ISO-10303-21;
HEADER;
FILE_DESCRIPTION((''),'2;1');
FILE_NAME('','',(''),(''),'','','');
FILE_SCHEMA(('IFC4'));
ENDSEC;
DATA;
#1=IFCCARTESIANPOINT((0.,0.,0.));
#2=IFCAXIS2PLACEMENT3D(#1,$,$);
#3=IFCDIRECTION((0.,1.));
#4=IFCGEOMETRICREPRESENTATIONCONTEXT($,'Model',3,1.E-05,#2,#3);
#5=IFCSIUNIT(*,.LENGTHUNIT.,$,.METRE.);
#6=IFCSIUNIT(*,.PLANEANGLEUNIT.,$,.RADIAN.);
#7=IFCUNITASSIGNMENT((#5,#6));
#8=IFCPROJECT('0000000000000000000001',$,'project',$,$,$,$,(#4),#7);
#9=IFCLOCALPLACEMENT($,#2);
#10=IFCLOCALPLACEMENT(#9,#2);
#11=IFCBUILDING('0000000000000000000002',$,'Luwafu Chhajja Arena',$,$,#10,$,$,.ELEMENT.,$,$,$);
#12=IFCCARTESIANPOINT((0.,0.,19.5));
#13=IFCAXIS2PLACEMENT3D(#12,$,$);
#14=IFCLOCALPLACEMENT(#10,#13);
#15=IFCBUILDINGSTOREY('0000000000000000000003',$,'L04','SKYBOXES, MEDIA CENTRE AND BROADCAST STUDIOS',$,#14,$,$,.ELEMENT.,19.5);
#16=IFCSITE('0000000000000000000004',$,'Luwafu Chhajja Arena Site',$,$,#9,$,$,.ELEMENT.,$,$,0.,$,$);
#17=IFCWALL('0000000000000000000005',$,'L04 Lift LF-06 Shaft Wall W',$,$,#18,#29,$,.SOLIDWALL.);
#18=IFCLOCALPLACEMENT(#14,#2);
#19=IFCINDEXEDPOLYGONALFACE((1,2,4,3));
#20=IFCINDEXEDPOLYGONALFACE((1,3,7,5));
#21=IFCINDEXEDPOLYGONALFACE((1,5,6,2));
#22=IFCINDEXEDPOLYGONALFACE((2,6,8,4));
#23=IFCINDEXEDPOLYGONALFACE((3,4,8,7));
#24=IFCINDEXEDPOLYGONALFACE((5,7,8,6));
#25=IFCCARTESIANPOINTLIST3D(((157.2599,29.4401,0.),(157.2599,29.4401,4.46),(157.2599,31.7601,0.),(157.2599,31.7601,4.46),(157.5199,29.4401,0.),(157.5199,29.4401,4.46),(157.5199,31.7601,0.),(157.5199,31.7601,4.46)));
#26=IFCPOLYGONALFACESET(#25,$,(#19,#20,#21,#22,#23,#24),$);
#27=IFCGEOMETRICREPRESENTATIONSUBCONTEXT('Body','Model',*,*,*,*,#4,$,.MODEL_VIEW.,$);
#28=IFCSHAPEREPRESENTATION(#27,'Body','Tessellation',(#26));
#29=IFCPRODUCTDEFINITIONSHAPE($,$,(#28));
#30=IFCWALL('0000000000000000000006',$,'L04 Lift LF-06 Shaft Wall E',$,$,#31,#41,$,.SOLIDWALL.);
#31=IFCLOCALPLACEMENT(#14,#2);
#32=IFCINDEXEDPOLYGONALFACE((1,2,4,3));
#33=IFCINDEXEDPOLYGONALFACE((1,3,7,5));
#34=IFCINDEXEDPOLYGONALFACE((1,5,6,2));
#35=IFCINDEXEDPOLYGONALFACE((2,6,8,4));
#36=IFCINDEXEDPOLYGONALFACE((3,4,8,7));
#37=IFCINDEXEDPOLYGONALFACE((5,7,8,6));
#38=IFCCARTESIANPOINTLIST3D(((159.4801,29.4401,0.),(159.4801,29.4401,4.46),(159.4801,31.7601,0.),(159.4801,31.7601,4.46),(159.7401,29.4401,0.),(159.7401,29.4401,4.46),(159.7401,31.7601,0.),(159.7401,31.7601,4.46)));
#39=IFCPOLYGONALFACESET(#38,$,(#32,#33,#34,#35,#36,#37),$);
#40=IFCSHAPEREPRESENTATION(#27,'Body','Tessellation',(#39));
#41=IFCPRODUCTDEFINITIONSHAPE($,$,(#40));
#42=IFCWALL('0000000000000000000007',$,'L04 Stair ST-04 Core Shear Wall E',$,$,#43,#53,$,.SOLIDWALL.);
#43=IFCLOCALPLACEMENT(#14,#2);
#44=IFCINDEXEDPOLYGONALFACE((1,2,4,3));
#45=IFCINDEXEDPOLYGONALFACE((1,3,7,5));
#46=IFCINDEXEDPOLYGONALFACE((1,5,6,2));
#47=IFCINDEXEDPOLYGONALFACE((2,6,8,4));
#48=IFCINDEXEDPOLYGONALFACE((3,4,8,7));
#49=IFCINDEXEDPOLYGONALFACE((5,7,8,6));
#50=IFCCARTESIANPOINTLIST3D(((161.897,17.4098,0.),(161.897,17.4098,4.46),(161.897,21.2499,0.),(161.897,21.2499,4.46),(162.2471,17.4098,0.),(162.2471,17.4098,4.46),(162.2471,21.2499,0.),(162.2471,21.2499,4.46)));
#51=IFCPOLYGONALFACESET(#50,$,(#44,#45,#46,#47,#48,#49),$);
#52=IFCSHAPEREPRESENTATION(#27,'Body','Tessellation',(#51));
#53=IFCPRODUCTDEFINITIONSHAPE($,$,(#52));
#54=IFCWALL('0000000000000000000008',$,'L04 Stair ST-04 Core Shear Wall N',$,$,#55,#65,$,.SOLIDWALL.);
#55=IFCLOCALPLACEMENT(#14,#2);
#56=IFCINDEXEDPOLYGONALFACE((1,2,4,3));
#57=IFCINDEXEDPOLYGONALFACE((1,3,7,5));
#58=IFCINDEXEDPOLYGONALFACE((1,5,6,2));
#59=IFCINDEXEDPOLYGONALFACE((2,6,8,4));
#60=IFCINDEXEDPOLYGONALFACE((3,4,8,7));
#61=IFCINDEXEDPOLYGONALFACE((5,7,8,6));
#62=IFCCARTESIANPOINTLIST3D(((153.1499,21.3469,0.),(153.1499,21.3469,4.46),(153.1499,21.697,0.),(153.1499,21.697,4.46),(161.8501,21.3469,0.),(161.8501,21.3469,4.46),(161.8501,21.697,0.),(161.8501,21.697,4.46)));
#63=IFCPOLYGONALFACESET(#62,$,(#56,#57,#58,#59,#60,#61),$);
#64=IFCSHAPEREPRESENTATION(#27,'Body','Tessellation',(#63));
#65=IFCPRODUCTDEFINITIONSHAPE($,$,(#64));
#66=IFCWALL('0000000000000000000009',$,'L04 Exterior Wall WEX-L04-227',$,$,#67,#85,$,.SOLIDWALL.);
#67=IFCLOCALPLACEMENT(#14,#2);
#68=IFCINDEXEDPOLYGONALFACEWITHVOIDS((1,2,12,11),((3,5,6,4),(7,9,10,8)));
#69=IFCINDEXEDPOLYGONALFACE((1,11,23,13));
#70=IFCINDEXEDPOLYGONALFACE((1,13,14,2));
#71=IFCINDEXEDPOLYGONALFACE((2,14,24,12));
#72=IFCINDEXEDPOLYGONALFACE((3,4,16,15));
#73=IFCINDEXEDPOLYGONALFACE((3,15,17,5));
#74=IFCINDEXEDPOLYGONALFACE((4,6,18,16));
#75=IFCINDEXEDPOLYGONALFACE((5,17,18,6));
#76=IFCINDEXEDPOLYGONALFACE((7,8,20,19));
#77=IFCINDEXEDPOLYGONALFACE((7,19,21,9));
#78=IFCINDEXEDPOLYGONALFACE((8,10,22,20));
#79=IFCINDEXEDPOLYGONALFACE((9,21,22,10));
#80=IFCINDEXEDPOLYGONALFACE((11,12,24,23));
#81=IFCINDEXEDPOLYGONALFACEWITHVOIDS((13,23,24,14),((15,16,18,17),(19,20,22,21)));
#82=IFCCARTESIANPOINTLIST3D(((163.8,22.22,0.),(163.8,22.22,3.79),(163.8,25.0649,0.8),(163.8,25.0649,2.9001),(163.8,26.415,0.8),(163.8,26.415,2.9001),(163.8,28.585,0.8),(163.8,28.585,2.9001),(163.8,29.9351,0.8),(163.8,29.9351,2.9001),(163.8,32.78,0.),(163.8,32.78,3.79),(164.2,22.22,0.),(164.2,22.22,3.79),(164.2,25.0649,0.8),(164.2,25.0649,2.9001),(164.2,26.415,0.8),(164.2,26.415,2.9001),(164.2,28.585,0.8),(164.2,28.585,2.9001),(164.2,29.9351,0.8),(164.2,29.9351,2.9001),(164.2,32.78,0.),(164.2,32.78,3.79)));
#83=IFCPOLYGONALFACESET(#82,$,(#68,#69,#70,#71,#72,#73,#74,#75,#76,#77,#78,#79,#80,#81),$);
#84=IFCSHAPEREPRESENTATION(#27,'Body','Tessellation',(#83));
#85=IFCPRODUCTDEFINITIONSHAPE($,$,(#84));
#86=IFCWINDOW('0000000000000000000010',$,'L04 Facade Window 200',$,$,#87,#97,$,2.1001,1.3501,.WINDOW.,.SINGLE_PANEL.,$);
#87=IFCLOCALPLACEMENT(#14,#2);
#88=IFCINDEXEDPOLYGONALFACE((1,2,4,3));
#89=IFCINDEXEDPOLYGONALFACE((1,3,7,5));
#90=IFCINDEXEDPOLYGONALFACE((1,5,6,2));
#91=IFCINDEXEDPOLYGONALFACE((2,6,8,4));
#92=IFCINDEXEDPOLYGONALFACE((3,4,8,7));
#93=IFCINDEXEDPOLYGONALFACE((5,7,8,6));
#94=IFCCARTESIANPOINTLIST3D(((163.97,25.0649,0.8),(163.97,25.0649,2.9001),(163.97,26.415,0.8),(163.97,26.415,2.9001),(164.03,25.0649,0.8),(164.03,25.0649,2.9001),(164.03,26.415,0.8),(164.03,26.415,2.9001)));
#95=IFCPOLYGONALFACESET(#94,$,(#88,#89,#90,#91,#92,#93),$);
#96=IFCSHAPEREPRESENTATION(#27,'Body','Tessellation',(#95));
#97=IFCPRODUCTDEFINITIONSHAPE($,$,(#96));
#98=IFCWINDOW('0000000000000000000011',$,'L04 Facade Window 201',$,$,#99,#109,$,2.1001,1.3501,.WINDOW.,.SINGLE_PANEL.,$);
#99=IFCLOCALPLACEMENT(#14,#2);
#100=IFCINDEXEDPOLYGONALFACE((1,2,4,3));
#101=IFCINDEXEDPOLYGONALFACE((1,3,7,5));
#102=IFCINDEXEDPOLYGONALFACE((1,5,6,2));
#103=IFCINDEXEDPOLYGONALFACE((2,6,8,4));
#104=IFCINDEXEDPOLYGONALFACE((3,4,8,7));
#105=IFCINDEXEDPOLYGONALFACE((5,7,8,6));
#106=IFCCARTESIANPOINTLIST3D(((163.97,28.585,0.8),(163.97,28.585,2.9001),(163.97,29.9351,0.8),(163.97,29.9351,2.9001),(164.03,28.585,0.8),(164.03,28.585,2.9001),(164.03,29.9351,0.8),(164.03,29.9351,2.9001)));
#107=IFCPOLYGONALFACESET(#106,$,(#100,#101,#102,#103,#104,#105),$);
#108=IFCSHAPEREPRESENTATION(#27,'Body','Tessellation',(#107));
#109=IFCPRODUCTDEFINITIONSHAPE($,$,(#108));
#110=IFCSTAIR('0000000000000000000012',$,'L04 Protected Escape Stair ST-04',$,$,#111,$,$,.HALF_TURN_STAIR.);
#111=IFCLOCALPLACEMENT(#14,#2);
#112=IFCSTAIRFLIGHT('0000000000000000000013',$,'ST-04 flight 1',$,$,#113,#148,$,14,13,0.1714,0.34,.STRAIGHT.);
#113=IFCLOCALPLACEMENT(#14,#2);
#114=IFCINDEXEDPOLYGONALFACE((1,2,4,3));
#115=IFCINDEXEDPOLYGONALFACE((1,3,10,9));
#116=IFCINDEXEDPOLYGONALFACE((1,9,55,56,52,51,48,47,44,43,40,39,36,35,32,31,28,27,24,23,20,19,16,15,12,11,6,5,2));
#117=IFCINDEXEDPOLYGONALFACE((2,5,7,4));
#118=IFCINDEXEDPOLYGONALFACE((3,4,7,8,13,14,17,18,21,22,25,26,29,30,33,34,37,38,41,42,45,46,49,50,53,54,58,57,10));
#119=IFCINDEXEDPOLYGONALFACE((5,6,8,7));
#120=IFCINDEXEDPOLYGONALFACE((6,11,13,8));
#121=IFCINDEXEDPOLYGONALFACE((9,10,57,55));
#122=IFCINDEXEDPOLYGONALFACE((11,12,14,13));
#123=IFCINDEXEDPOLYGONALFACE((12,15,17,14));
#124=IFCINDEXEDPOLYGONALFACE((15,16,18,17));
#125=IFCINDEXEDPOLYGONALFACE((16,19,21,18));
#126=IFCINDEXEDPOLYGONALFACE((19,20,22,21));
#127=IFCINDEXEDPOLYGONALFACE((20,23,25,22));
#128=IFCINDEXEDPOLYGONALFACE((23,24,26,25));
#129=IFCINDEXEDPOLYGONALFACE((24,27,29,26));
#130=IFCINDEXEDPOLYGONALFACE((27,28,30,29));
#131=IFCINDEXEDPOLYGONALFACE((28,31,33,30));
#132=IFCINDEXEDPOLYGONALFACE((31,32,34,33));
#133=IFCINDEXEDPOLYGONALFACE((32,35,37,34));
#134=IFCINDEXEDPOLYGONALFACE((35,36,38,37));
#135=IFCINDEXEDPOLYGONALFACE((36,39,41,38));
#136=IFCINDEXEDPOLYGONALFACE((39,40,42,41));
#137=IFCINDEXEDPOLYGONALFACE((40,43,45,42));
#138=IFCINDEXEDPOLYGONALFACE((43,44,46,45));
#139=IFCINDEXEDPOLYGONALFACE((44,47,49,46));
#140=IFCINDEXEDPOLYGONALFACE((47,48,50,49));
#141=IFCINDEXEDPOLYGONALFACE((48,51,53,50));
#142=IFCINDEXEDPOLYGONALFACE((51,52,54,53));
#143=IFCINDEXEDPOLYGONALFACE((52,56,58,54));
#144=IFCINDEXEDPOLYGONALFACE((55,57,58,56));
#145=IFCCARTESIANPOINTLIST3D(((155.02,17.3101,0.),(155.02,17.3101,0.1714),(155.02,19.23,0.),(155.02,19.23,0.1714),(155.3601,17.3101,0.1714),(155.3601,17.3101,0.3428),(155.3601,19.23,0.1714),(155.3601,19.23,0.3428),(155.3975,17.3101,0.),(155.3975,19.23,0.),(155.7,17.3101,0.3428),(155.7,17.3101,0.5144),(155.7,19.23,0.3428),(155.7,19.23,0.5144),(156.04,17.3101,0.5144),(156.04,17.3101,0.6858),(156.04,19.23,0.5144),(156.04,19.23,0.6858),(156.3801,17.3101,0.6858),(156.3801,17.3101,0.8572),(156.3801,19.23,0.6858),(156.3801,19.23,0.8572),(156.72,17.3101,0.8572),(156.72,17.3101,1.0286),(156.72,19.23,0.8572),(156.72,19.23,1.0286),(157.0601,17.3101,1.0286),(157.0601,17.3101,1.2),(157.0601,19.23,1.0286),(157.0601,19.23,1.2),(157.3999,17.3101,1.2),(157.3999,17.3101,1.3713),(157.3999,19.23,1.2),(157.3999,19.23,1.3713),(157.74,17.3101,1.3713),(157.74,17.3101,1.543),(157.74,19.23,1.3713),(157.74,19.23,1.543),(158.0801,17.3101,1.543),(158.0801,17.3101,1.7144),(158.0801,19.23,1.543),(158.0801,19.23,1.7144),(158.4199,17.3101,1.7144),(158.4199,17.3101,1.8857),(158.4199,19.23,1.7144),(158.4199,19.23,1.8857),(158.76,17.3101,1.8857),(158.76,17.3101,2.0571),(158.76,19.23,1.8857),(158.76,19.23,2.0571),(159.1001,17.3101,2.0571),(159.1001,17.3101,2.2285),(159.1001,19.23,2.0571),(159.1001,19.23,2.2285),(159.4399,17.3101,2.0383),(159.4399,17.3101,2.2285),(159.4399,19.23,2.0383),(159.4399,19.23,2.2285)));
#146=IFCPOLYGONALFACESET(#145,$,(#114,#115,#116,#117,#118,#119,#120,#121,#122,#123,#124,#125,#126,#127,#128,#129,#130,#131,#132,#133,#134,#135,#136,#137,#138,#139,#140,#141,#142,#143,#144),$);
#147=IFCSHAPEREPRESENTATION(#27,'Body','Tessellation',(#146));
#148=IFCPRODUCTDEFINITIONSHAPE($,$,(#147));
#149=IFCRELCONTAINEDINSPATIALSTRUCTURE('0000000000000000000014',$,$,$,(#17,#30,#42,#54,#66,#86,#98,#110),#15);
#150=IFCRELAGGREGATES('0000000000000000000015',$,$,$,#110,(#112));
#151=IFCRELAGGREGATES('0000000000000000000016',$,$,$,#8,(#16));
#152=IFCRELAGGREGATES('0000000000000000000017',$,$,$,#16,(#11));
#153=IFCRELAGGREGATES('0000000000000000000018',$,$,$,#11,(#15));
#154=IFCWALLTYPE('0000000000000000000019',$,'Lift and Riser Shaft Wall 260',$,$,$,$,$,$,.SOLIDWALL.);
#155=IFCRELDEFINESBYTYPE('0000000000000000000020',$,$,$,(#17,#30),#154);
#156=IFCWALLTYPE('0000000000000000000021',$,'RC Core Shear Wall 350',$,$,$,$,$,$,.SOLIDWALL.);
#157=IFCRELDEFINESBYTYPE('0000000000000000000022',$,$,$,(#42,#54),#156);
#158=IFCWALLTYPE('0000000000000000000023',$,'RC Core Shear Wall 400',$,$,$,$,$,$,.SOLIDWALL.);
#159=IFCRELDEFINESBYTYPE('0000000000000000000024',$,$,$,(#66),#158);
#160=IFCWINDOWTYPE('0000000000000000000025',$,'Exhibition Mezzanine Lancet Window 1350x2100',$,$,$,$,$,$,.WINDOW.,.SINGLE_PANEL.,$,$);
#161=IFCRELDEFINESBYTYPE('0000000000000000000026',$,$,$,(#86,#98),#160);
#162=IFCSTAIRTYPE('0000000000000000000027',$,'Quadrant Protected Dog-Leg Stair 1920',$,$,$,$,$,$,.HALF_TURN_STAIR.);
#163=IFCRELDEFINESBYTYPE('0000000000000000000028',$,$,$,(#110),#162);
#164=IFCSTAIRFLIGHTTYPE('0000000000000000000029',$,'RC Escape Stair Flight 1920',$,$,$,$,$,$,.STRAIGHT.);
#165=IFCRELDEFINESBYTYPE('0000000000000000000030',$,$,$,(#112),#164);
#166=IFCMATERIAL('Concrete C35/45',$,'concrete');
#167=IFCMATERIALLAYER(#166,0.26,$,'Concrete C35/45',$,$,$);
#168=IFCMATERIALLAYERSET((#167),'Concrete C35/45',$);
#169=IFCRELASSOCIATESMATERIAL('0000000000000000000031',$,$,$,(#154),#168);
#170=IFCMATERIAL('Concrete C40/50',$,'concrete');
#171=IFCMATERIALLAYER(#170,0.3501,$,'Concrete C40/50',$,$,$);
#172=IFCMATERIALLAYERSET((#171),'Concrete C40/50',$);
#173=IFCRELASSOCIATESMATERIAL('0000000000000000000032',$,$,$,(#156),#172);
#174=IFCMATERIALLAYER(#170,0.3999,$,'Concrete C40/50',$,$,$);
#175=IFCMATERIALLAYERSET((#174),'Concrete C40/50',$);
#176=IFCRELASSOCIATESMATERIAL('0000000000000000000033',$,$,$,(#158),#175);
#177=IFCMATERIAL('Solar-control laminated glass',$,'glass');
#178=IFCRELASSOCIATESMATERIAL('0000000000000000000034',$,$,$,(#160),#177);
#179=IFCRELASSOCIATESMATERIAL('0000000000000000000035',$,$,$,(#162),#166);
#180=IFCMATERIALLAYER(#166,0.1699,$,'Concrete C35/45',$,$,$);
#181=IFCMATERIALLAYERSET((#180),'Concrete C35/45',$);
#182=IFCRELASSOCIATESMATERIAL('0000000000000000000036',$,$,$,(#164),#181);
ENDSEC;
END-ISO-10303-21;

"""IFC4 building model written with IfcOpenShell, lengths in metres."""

from ifc_helpers import new_model, si_unit, direction, frame, frame_2d, origin, place, context, subcontext, project, spatial, polyline, rectangle, outline, extrude, material, layer, layer_set, type_object, element, fill, aggregate, save


model = new_model("IFC4")

# Units and contexts
model_context = context("Model", 3, precision=1e-05, world=origin(), true_north=direction((0.0, 1.0)))
body_context = subcontext(model_context, "Body", "Model", "MODEL_VIEW")
ifc_project = project(units=[si_unit("LENGTHUNIT", "METRE"), si_unit("PLANEANGLEUNIT", "RADIAN")], contexts=[model_context])

# Site, building, storey
site_placement = place(None, origin())
site = spatial("IfcSite", under=ifc_project, at=site_placement, Name="Luwafu Chhajja Arena Site", CompositionType="ELEMENT", RefElevation=0.0)
building_placement = place(site_placement, origin())
building = spatial("IfcBuilding", under=site, at=building_placement, Name="Luwafu Chhajja Arena", CompositionType="ELEMENT")
storey_placement = place(building_placement, frame((0.0, 0.0, 19.5)))
storey = spatial("IfcBuildingStorey", under=building, at=storey_placement, Name="L04", Description="SKYBOXES, MEDIA CENTRE AND BROADCAST STUDIOS", CompositionType="ELEMENT", Elevation=19.5)

# Shared definitions
ifc_material_1 = material(Name="Concrete C40/50", Category="concrete")

# Shared definitions
ifc_material_2 = material(Name="Concrete C35/45", Category="concrete")

# Shared definitions
ifc_layer_1 = layer(ifc_material_2, 0.26, Name="Concrete C35/45")
ifc_layer_set_1 = layer_set([ifc_layer_1], Name="Concrete C35/45")
wall_type_1 = type_object("IfcWallType", Name="Lift and Riser Shaft Wall 260", PredefinedType="SOLIDWALL", material=ifc_layer_set_1)

# Walls
for number, where, z_axis, x_axis, name in (
    (1, (157.3899, 29.4399, 0.0), (0.0, 0.0, 1.0), (0.0, 1.0, 0.0), "L04 Lift LF-06 Shaft Wall W"),
    (2, (159.6101, 29.4399, 0.0), (0.0, 0.0, 1.0), (0.0, 1.0, 0.0), "L04 Lift LF-06 Shaft Wall E"),
):
    element("IfcWall", number, at=place(storey_placement, frame(where, z_axis=z_axis, x_axis=x_axis)), inside=storey, type_object=wall_type_1, Name=name, PredefinedType="SOLIDWALL", context=body_context, shape_type="SweptSolid", body=[
        extrude(rectangle(XDim=2.3201, YDim=0.26, at=frame_2d((1.1602, 0.0))), origin(), (0.0, 0.0, 1.0), 4.46),
    ])
ifc_layer_2 = layer(ifc_material_1, 0.3501, Name="Concrete C40/50")
ifc_layer_set_2 = layer_set([ifc_layer_2], Name="Concrete C40/50")
wall_type_2 = type_object("IfcWallType", Name="RC Core Shear Wall 350", PredefinedType="SOLIDWALL", material=ifc_layer_set_2)
wall_1_placement = place(storey_placement, frame((162.072, 17.4099, 0.0), z_axis=(0.0, 0.0, 1.0), x_axis=(0.0, 1.0, 0.0)))
element("IfcWall", 3, at=wall_1_placement, inside=storey, type_object=wall_type_2, Name="L04 Stair ST-04 Core Shear Wall E", PredefinedType="SOLIDWALL", context=body_context, shape_type="SweptSolid", body=[
    extrude(rectangle(XDim=3.8401, YDim=0.3501, at=frame_2d((1.9199, 0.0))), origin(), (0.0, 0.0, 1.0), 4.46),
])
wall_2_placement = place(storey_placement, frame((153.1499, 21.522, 0.0), z_axis=(0.0, 0.0, 1.0), x_axis=(1.0, 0.0, 0.0)))
element("IfcWall", 4, at=wall_2_placement, inside=storey, type_object=wall_type_2, Name="L04 Stair ST-04 Core Shear Wall N", PredefinedType="SOLIDWALL", context=body_context, shape_type="SweptSolid", body=[
    extrude(rectangle(XDim=8.7002, YDim=0.3501, at=frame_2d((4.3501, 0.0))), origin(), (0.0, 0.0, 1.0), 4.46),
])

# Wall, openings, windows
ifc_layer_3 = layer(ifc_material_1, 0.3999, Name="Concrete C40/50")
ifc_layer_set_3 = layer_set([ifc_layer_3], Name="Concrete C40/50")
wall_type_3 = type_object("IfcWallType", Name="RC Core Shear Wall 400", PredefinedType="SOLIDWALL", material=ifc_layer_set_3)
wall_3_placement = place(storey_placement, frame((164.0, 22.22, 0.0), z_axis=(0.0, 0.0, 1.0), x_axis=(0.0, 1.0, 0.0)))
wall_3 = element("IfcWall", 5, at=wall_3_placement, inside=storey, type_object=wall_type_3, Name="L04 Exterior Wall WEX-L04-227", PredefinedType="SOLIDWALL", context=body_context, shape_type="SweptSolid", body=[
    extrude(rectangle(XDim=10.5601, YDim=0.3999, at=frame_2d((5.28, 0.0))), origin(), (0.0, 0.0, 1.0), 3.79),
])
opening_1_placement = place(wall_3_placement, frame((2.845, 0.0, 0.8)))
opening_1 = element("IfcOpeningElement", 6, at=opening_1_placement, cuts=wall_3, PredefinedType="OPENING", context=body_context, shape_type="SweptSolid", body=[
    extrude(rectangle(XDim=1.3501, YDim=2.1001, at=frame_2d((0.675, 1.05))), frame((0.0, 0.21, 0.0), z_axis=(0.0, -1.0, 0.0), x_axis=(1.0, 0.0, 0.0)), (0.0, 0.0, 1.0), 0.4199),
])
opening_2_placement = place(wall_3_placement, frame((6.365, 0.0, 0.8)))
opening_2 = element("IfcOpeningElement", 7, at=opening_2_placement, cuts=wall_3, PredefinedType="OPENING", context=body_context, shape_type="SweptSolid", body=[
    extrude(rectangle(XDim=1.3501, YDim=2.1001, at=frame_2d((0.675, 1.05))), frame((0.0, 0.21, 0.0), z_axis=(0.0, -1.0, 0.0), x_axis=(1.0, 0.0, 0.0)), (0.0, 0.0, 1.0), 0.4199),
])
ifc_material_3 = material(Name="Solar-control laminated glass", Category="glass")
window_type = type_object("IfcWindowType", Name="Exhibition Mezzanine Lancet Window 1350x2100", PartitioningType="SINGLE_PANEL", PredefinedType="WINDOW", material=ifc_material_3)
window_1_placement = place(opening_1_placement, origin())
window_1 = element("IfcWindow", 8, at=window_1_placement, inside=storey, type_object=window_type, Name="L04 Facade Window 200", OverallHeight=2.1001, OverallWidth=1.3501, PartitioningType="SINGLE_PANEL", PredefinedType="WINDOW", context=body_context, shape_type="SweptSolid", body=[
    extrude(rectangle(XDim=1.3501, YDim=2.1001, at=frame_2d((0.675, 1.05))), frame((0.0, 0.03, 0.0), z_axis=(0.0, -1.0, 0.0), x_axis=(1.0, 0.0, 0.0)), (0.0, 0.0, 1.0), 0.0601),
])
fill(opening_1, window_1)
window_2_placement = place(opening_2_placement, origin())
window_2 = element("IfcWindow", 9, at=window_2_placement, inside=storey, type_object=window_type, Name="L04 Facade Window 201", OverallHeight=2.1001, OverallWidth=1.3501, PartitioningType="SINGLE_PANEL", PredefinedType="WINDOW", context=body_context, shape_type="SweptSolid", body=[
    extrude(rectangle(XDim=1.3501, YDim=2.1001, at=frame_2d((0.675, 1.05))), frame((0.0, 0.03, 0.0), z_axis=(0.0, -1.0, 0.0), x_axis=(1.0, 0.0, 0.0)), (0.0, 0.0, 1.0), 0.0601),
])
fill(opening_2, window_2)

# Stair, stair flight
stair_type = type_object("IfcStairType", Name="Quadrant Protected Dog-Leg Stair 1920", PredefinedType="HALF_TURN_STAIR", material=ifc_material_2)
stair_placement = place(storey_placement, origin())
stair = element("IfcStair", 10, at=stair_placement, inside=storey, type_object=stair_type, Name="L04 Protected Escape Stair ST-04", PredefinedType="HALF_TURN_STAIR")
ifc_layer_4 = layer(ifc_material_2, 0.1699, Name="Concrete C35/45")
ifc_layer_set_4 = layer_set([ifc_layer_4], Name="Concrete C35/45")
stair_flight_type = type_object("IfcStairFlightType", Name="RC Escape Stair Flight 1920", PredefinedType="STRAIGHT", material=ifc_layer_set_4)
stair_flight_1_placement = place(storey_placement, frame((155.02, 18.27, 0.0), z_axis=(0.0, 0.0, 1.0), x_axis=(1.0, 0.0, 0.0)))
stair_flight_1 = element("IfcStairFlight", 11, at=stair_flight_1_placement, type_object=stair_flight_type, Name="ST-04 flight 1", NumberOfRisers=14, NumberOfTreads=13, PredefinedType="STRAIGHT", RiserHeight=0.1714, TreadLength=0.34, context=body_context, shape_type="SweptSolid", body=[
    extrude(outline(polyline([(0.0, 0.0), (0.0, 0.1714), (0.3401, 0.1714), (0.3401, 0.3428), (0.6799, 0.3428), (0.6799, 0.5144), (1.02, 0.5144), (1.02, 0.6858), (1.3601, 0.6858), (1.3601, 0.8572), (1.7, 0.8572), (1.7, 1.0286), (2.04, 1.0286), (2.04, 1.2), (2.3799, 1.2), (2.3799, 1.3713), (2.72, 1.3713), (2.72, 1.543), (3.0601, 1.543), (3.0601, 1.7144), (3.3999, 1.7144), (3.3999, 1.8857), (3.74, 1.8857), (3.74, 2.0571), (4.0801, 2.0571), (4.0801, 2.2285), (4.4199, 2.2285), (4.4199, 2.3999), (4.4199, 2.0383), (0.3774, 0.0), (0.0, 0.0)])), frame((0.0, 0.96, 0.0), z_axis=(0.0, -1.0, 0.0), x_axis=(1.0, 0.0, 0.0)), (0.0, 0.0, 1.0), 1.9199),
])
aggregate(stair, [stair_flight_1])

save(model, "model.ifc")
